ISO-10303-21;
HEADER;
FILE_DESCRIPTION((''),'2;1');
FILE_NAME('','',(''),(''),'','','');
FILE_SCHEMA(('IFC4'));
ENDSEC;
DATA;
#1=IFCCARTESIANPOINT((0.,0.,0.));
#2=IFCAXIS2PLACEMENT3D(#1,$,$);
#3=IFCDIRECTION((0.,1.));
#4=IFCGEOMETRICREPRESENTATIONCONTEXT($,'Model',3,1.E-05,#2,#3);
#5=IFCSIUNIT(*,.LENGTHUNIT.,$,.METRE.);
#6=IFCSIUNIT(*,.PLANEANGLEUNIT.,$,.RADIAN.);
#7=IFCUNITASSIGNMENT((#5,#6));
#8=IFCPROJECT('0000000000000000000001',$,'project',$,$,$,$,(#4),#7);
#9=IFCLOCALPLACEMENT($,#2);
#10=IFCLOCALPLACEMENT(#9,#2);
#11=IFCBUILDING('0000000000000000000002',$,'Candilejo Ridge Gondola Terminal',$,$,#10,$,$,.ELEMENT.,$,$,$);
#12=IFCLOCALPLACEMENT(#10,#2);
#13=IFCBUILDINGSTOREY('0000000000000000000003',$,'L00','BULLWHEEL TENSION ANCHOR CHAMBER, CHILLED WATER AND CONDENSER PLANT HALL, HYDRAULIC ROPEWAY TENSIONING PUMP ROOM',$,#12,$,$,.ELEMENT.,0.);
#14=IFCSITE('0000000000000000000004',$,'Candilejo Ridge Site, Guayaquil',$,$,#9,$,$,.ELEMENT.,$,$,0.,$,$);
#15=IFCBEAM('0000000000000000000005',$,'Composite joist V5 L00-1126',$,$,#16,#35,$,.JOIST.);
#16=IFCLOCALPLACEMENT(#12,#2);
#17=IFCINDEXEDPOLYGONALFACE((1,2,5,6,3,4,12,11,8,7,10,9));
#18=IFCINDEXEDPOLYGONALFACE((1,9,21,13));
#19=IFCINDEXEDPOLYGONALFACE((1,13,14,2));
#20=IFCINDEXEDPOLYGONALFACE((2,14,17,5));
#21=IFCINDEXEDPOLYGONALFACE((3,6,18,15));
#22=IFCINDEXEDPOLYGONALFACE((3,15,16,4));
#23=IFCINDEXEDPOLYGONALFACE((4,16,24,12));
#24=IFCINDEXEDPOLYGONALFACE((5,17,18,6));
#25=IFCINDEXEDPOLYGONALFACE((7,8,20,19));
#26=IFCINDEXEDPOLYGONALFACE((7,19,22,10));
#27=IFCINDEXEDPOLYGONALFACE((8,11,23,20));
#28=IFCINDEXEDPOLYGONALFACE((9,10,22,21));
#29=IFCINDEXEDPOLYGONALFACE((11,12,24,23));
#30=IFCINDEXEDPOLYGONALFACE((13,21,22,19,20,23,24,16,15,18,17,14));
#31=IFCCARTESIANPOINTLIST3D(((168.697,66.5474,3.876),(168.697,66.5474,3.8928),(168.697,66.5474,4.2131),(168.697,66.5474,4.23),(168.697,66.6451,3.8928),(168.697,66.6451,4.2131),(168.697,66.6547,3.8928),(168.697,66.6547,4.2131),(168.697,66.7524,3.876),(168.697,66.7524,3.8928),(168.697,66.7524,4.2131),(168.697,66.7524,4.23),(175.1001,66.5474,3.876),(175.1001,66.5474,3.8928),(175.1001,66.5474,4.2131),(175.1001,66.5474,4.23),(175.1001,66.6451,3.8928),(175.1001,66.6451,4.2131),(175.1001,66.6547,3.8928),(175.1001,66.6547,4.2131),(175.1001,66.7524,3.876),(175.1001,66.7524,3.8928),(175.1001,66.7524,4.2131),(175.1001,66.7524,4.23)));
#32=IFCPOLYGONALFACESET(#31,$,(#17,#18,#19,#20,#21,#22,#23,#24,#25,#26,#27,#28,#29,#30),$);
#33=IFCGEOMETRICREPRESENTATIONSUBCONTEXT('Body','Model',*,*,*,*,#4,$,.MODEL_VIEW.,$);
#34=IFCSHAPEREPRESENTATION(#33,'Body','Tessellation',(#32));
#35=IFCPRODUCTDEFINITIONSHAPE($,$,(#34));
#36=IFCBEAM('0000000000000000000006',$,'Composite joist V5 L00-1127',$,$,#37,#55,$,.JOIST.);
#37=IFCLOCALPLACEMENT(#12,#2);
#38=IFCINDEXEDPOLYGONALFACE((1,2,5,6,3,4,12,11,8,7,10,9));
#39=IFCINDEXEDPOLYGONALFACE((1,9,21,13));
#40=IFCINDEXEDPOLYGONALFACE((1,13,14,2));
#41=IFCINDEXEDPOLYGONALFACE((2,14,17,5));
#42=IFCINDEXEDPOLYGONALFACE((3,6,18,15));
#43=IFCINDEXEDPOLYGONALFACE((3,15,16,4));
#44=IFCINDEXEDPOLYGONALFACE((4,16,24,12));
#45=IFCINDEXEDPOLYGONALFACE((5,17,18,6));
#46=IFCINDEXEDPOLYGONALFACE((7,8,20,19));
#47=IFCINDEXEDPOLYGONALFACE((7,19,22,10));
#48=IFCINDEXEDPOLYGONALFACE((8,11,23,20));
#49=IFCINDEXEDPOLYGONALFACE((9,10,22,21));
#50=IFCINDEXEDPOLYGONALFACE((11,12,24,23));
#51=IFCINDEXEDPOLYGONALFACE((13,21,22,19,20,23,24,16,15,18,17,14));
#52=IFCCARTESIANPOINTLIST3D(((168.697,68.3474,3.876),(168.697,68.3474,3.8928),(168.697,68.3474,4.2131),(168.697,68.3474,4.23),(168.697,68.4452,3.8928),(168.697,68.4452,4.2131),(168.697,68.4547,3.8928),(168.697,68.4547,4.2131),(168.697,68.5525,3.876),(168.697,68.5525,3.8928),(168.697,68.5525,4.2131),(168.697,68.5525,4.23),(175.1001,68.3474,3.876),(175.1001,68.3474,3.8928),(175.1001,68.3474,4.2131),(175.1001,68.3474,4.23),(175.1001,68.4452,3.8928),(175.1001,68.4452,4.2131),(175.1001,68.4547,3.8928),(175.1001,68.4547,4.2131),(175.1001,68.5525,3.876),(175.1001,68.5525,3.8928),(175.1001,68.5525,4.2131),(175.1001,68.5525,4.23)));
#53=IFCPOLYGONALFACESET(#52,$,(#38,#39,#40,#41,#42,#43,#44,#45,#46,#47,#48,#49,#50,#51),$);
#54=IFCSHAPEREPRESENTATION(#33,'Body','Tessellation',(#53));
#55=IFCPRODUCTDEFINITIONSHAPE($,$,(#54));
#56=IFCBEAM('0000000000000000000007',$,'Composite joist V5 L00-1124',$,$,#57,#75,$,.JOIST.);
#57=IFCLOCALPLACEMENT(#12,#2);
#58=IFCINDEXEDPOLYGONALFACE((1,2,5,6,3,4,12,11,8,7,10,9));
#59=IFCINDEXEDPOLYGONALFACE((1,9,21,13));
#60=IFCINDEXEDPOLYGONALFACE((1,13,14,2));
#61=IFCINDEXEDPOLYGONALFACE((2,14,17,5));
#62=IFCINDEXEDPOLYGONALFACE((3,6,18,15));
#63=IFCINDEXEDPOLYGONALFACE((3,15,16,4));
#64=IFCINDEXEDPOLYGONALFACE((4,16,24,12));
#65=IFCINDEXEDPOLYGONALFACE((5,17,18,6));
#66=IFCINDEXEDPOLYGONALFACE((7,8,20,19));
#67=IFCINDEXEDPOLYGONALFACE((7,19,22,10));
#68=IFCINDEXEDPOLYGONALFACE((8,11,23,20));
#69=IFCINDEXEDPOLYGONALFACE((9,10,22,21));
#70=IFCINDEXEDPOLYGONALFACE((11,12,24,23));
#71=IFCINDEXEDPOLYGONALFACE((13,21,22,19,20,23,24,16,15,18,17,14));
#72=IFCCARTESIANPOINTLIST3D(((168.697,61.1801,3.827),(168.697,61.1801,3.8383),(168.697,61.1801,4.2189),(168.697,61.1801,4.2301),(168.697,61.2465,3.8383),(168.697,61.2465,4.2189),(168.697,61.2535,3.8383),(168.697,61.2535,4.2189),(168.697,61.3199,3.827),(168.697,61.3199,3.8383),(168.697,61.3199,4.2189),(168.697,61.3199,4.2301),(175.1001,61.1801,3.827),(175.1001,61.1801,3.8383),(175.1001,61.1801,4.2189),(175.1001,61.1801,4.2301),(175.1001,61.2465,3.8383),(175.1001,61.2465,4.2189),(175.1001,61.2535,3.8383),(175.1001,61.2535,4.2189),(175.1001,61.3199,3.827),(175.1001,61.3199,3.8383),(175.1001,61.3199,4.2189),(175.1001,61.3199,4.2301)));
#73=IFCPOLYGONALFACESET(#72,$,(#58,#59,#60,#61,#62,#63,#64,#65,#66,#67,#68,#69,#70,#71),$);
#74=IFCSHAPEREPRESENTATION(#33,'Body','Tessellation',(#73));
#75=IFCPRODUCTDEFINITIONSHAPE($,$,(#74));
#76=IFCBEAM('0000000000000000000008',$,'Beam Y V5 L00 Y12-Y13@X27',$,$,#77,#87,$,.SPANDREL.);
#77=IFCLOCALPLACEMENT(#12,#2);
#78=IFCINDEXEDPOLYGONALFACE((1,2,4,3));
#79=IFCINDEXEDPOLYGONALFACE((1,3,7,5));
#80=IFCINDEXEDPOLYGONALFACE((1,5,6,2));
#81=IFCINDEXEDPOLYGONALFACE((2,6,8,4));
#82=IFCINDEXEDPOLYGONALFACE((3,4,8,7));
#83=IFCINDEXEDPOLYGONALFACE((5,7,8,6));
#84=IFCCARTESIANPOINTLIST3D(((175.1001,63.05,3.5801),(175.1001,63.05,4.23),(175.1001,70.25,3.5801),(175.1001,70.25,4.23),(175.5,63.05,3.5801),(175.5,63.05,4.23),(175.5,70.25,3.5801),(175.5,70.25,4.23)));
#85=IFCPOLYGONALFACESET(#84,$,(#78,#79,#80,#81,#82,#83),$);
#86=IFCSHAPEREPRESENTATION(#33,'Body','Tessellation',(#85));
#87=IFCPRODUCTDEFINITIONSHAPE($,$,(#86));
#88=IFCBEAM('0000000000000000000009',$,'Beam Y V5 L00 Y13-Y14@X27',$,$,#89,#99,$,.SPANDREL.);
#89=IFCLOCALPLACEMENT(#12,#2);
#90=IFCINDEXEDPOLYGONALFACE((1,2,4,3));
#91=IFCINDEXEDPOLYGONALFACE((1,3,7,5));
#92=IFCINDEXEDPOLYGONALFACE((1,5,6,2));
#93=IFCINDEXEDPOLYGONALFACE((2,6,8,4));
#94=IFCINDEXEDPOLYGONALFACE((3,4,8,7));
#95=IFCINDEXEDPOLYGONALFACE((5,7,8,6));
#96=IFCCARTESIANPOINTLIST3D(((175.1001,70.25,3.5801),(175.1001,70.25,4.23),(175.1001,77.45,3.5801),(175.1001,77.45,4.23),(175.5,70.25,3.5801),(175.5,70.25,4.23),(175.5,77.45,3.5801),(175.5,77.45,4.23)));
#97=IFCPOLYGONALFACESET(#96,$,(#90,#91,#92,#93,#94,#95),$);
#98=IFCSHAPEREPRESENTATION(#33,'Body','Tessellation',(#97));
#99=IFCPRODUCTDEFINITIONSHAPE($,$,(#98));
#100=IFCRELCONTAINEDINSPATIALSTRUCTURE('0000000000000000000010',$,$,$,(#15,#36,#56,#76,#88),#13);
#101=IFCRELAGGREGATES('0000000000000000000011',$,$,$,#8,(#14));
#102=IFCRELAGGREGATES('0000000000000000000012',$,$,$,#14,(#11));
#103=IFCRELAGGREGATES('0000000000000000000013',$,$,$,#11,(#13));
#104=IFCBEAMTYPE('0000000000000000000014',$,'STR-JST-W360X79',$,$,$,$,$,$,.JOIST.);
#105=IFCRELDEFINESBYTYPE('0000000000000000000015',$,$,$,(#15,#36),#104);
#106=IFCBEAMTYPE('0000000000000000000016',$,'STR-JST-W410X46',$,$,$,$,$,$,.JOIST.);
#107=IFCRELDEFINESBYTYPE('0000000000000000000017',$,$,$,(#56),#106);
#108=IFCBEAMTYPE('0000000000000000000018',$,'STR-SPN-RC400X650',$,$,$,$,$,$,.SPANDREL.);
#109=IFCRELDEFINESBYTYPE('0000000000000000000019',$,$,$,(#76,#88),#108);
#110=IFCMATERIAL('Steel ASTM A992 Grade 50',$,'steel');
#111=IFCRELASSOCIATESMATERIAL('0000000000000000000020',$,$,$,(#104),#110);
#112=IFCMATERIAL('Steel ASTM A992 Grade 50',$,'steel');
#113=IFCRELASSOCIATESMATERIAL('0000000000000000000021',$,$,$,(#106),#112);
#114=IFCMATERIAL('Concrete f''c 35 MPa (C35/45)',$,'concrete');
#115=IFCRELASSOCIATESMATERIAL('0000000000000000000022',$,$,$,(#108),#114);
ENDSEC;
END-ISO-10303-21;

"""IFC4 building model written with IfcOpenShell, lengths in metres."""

from ifc_helpers import new_model, si_unit, direction, frame, origin, origin_2d, place, context, subcontext, project, spatial, rectangle, i_section, extrude, material, material_profile, profile_set, type_object, element, save


model = new_model("IFC4")

# Units and contexts
model_context = context("Model", 3, precision=1e-05, world=origin(), true_north=direction((0.0, 1.0)))
body_context = subcontext(model_context, "Body", "Model", "MODEL_VIEW")
ifc_project = project(units=[si_unit("LENGTHUNIT", "METRE"), si_unit("PLANEANGLEUNIT", "RADIAN")], contexts=[model_context])

# Site, building, storey
site_placement = place(None, origin())
site = spatial("IfcSite", under=ifc_project, at=site_placement, Name="Candilejo Ridge Site, Guayaquil", CompositionType="ELEMENT", RefElevation=0.0)
building_placement = place(site_placement, origin())
building = spatial("IfcBuilding", under=site, at=building_placement, Name="Candilejo Ridge Gondola Terminal", CompositionType="ELEMENT")
storey_placement = place(building_placement, origin())
storey = spatial("IfcBuildingStorey", under=building, at=storey_placement, Name="L00", Description="BULLWHEEL TENSION ANCHOR CHAMBER, CHILLED WATER AND CONDENSER PLANT HALL, HYDRAULIC ROPEWAY TENSIONING PUMP ROOM", CompositionType="ELEMENT", Elevation=0.0)

# Beams
ifc_material_1 = material(Name="Steel ASTM A992 Grade 50", Category="steel")
ifc_material_profile_1 = material_profile(ifc_material_1, i_section(OverallWidth=0.2051, OverallDepth=0.354, WebThickness=0.0095, FlangeThickness=0.0168, at=origin_2d()))
ifc_profile_set_1 = profile_set([ifc_material_profile_1], Name="Steel ASTM A992 Grade 50")
beam_type_1 = type_object("IfcBeamType", Name="STR-JST-W360X79", PredefinedType="JOIST", material=ifc_profile_set_1)
for number, where, z_axis, x_axis, name in (
    (1, (168.697, 66.6499, 4.053), (1.0, 0.0, 0.0), (0.0, 1.0, 0.0), "Composite joist V5 L00-1126"),
    (2, (168.697, 68.45, 4.053), (1.0, 0.0, 0.0), (0.0, 1.0, 0.0), "Composite joist V5 L00-1127"),
):
    element("IfcBeam", number, at=place(storey_placement, frame(where, z_axis=z_axis, x_axis=x_axis)), inside=storey, type_object=beam_type_1, Name=name, PredefinedType="JOIST", context=body_context, shape_type="SweptSolid", body=[
        extrude(i_section(OverallWidth=0.2051, OverallDepth=0.354, WebThickness=0.0095, FlangeThickness=0.0168, at=origin_2d()), origin(), (0.0, 0.0, 1.0), 6.4031),
    ])
ifc_material_2 = material(Name="Steel ASTM A992 Grade 50", Category="steel")
ifc_material_profile_2 = material_profile(ifc_material_2, i_section(OverallWidth=0.1399, OverallDepth=0.4031, WebThickness=0.0071, FlangeThickness=0.0112, at=origin_2d()))
ifc_profile_set_2 = profile_set([ifc_material_profile_2], Name="Steel ASTM A992 Grade 50")
beam_type_2 = type_object("IfcBeamType", Name="STR-JST-W410X46", PredefinedType="JOIST", material=ifc_profile_set_2)
beam_placement = place(storey_placement, frame((168.697, 61.25, 4.0286), z_axis=(1.0, 0.0, 0.0), x_axis=(0.0, 1.0, 0.0)))
element("IfcBeam", 3, at=beam_placement, inside=storey, type_object=beam_type_2, Name="Composite joist V5 L00-1124", PredefinedType="JOIST", context=body_context, shape_type="SweptSolid", body=[
    extrude(i_section(OverallWidth=0.1399, OverallDepth=0.4031, WebThickness=0.0071, FlangeThickness=0.0112, at=origin_2d()), origin(), (0.0, 0.0, 1.0), 6.4031),
])
ifc_material_3 = material(Name="Concrete f'c 35 MPa (C35/45)", Category="concrete")
ifc_material_profile_3 = material_profile(ifc_material_3, rectangle(XDim=0.3999, YDim=0.6499, at=origin_2d()))
ifc_profile_set_3 = profile_set([ifc_material_profile_3], Name="Concrete f'c 35 MPa (C35/45)")
beam_type_3 = type_object("IfcBeamType", Name="STR-SPN-RC400X650", PredefinedType="SPANDREL", material=ifc_profile_set_3)
for number, where, z_axis, x_axis, name in (
    (4, (175.3, 63.05, 3.905), (0.0, 1.0, 0.0), (-1.0, 0.0, 0.0), "Beam Y V5 L00 Y12-Y13@X27"),
    (5, (175.3, 70.25, 3.905), (0.0, 1.0, 0.0), (-1.0, 0.0, 0.0), "Beam Y V5 L00 Y13-Y14@X27"),
):
    element("IfcBeam", number, at=place(storey_placement, frame(where, z_axis=z_axis, x_axis=x_axis)), inside=storey, type_object=beam_type_3, Name=name, PredefinedType="SPANDREL", context=body_context, shape_type="SweptSolid", body=[
        extrude(rectangle(XDim=0.3999, YDim=0.6499, at=origin_2d()), origin(), (0.0, 0.0, 1.0), 7.2),
    ])

save(model, "model.ifc")
